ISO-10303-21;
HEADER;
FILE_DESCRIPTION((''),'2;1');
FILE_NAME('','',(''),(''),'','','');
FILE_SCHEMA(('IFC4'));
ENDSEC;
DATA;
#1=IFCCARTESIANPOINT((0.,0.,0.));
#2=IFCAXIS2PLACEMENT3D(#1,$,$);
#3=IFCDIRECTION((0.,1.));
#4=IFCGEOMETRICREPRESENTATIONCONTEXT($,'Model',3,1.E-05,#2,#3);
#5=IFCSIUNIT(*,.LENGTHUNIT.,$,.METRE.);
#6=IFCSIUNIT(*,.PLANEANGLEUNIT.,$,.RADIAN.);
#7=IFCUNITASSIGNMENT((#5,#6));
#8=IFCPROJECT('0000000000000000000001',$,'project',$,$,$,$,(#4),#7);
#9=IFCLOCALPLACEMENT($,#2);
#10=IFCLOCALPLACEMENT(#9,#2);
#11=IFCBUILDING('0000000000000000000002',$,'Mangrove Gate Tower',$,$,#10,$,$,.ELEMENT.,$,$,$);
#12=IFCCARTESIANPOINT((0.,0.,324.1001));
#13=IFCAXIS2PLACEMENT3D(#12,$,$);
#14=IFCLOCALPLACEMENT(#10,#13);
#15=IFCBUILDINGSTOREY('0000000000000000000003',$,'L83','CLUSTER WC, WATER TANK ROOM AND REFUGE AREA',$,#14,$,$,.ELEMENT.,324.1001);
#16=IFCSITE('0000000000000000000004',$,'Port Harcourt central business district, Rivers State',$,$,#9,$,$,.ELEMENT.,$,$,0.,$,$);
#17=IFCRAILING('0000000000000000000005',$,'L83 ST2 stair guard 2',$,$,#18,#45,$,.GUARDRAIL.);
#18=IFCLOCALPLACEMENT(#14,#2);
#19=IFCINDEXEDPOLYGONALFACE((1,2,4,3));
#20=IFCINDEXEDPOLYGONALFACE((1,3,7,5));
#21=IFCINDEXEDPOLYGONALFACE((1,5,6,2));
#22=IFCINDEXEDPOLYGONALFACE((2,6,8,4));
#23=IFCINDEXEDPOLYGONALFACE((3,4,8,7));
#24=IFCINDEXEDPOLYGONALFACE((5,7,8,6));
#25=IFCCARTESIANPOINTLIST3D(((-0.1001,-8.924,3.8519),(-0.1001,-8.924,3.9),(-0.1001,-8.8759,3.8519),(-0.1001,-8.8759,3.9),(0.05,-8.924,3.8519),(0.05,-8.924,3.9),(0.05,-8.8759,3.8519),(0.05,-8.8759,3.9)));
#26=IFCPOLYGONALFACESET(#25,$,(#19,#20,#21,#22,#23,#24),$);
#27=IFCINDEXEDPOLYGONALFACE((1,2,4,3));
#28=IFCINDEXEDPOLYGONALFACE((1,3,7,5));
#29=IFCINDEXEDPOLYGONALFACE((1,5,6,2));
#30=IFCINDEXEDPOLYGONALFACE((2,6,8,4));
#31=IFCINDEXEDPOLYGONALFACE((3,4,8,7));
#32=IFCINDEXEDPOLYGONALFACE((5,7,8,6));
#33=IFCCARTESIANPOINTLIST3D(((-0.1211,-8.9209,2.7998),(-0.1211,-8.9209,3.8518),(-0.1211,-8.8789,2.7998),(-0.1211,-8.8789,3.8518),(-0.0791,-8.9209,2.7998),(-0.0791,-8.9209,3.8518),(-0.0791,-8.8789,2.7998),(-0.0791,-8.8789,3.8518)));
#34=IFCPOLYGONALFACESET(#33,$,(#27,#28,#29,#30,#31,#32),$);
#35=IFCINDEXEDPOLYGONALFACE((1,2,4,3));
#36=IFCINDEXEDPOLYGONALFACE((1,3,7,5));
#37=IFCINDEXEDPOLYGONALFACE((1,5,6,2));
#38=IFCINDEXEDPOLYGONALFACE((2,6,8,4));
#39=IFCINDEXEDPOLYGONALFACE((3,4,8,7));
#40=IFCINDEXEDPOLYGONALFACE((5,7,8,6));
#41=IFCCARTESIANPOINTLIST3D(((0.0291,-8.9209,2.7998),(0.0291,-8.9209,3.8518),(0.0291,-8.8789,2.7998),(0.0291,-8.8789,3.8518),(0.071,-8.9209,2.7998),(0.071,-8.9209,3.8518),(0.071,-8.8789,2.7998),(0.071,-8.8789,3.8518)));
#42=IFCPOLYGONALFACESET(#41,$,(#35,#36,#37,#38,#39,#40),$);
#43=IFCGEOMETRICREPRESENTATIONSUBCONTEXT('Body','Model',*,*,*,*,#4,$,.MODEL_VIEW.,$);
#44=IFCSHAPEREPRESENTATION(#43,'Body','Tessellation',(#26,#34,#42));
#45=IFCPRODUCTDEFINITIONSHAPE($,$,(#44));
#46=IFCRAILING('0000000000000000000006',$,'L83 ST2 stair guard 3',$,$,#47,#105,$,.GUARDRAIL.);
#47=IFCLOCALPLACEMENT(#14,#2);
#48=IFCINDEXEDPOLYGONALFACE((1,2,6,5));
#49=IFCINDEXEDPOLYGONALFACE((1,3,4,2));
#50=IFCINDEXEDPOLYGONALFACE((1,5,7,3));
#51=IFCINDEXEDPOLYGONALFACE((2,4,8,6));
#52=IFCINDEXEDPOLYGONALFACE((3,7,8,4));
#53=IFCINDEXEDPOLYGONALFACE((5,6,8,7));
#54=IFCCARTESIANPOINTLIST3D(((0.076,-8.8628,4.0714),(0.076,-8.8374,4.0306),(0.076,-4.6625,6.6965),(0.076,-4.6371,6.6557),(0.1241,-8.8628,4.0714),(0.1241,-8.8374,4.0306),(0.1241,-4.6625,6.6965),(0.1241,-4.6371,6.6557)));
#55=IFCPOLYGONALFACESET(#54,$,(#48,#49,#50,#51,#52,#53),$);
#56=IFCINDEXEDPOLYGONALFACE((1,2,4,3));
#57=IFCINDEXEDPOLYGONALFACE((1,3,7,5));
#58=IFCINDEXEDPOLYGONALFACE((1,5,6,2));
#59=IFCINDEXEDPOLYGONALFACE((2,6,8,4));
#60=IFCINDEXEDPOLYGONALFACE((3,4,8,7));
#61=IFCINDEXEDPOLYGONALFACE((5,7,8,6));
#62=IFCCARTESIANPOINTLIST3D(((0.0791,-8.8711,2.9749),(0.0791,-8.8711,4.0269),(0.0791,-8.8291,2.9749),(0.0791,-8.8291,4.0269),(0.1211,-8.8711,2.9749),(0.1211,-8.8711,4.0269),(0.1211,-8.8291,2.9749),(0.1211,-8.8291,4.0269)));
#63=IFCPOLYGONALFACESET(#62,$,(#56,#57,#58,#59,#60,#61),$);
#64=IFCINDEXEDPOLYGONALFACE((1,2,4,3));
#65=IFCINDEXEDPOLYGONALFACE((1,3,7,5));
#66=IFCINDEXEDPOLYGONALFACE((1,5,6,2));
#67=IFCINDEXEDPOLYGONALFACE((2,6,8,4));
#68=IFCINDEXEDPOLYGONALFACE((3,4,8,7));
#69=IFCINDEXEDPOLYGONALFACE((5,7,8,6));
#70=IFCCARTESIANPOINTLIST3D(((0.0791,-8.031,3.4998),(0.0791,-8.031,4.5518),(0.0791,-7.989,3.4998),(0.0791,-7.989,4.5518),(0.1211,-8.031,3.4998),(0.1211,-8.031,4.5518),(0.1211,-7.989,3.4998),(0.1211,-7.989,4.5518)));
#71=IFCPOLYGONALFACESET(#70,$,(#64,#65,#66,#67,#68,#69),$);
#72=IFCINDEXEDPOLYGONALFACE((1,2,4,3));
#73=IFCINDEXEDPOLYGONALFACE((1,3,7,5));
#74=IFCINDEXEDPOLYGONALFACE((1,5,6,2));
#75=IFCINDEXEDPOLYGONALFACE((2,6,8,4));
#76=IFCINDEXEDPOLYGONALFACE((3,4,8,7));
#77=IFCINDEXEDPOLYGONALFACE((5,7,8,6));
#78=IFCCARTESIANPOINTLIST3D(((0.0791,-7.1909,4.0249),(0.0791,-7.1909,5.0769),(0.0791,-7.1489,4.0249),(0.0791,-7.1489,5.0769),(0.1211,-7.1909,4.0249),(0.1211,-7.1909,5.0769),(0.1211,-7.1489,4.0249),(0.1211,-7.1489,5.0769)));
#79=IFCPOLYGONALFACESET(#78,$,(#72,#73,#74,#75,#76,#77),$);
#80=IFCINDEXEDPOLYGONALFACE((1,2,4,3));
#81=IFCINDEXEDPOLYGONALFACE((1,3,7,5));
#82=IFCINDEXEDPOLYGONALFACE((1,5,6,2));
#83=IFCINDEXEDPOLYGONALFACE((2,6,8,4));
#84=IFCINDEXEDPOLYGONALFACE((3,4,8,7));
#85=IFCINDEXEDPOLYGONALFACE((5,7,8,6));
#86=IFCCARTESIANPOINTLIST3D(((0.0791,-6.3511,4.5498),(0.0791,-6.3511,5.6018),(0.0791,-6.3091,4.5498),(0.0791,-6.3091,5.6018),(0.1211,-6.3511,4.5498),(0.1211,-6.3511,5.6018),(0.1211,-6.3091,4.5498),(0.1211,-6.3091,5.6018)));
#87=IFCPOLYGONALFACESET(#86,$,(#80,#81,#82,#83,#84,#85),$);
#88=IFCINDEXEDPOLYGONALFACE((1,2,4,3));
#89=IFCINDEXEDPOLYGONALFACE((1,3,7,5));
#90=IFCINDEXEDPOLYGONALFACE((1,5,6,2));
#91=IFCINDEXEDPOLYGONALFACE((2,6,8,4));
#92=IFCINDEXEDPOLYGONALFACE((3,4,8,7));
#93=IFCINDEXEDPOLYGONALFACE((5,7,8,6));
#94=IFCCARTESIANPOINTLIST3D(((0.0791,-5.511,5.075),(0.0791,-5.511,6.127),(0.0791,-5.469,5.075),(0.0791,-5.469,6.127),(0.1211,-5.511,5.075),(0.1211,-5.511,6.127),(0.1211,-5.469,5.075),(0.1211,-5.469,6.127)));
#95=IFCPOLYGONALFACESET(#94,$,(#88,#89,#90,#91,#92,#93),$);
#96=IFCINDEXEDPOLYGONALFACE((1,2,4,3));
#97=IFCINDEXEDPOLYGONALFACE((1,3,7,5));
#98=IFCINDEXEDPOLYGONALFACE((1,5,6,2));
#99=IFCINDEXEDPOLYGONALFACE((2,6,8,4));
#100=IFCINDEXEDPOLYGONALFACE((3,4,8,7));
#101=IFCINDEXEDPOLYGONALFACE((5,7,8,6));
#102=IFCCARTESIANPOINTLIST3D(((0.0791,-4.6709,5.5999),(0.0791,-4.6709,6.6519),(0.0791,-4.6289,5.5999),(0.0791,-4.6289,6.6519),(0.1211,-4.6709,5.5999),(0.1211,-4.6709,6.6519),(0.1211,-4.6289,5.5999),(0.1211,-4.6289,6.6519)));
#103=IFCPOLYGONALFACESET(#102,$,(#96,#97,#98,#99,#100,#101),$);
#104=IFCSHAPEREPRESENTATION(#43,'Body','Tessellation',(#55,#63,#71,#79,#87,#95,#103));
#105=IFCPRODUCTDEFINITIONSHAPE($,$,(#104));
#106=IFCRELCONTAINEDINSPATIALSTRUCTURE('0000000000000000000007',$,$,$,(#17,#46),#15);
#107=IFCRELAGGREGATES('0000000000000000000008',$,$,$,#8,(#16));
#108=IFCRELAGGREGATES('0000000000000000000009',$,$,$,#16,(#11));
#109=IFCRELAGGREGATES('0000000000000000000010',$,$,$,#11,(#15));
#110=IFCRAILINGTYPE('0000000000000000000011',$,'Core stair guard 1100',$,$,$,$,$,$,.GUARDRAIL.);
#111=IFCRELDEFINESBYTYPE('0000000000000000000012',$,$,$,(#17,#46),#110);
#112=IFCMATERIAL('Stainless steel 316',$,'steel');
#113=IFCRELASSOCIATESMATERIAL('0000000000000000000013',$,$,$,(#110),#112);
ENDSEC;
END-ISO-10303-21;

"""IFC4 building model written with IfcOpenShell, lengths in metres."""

from ifc_helpers import new_model, si_unit, direction, frame, origin, origin_2d, place, context, subcontext, project, spatial, rectangle, extrude, material, type_object, element, save


model = new_model("IFC4")

# Units and contexts
model_context = context("Model", 3, precision=1e-05, world=origin(), true_north=direction((0.0, 1.0)))
body_context = subcontext(model_context, "Body", "Model", "MODEL_VIEW")
ifc_project = project(units=[si_unit("LENGTHUNIT", "METRE"), si_unit("PLANEANGLEUNIT", "RADIAN")], contexts=[model_context])

# Site, building, storey
site_placement = place(None, origin())
site = spatial("IfcSite", under=ifc_project, at=site_placement, Name="Port Harcourt central business district, Rivers State", CompositionType="ELEMENT", RefElevation=0.0)
building_placement = place(site_placement, origin())
building = spatial("IfcBuilding", under=site, at=building_placement, Name="Mangrove Gate Tower", CompositionType="ELEMENT")
storey_placement = place(building_placement, frame((0.0, 0.0, 324.1001)))
storey = spatial("IfcBuildingStorey", under=building, at=storey_placement, Name="L83", Description="CLUSTER WC, WATER TANK ROOM AND REFUGE AREA", CompositionType="ELEMENT", Elevation=324.1001)

# Railings
ifc_material_1 = material(Name="Stainless steel 316", Category="steel")
railing_type_1 = type_object("IfcRailingType", Name="Core stair guard 1100", PredefinedType="GUARDRAIL", material=ifc_material_1)
railing_1_placement = place(storey_placement, frame((-0.1001, -8.8999, 2.7998)))
element("IfcRailing", 1, at=railing_1_placement, inside=storey, type_object=railing_type_1, Name="L83 ST2 stair guard 2", PredefinedType="GUARDRAIL", context=body_context, shape_type="SweptSolid", body=[
    extrude(rectangle(XDim=0.0481, YDim=0.0481, at=origin_2d()), frame((0.0, 0.0, 1.0762), z_axis=(1.0, 0.0, 0.0), x_axis=(0.0, 1.0, 0.0)), (0.0, 0.0, 1.0), 0.1501),
    extrude(rectangle(XDim=0.042, YDim=0.042, at=origin_2d()), origin(), (0.0, 0.0, 1.0), 1.052),
    extrude(rectangle(XDim=0.042, YDim=0.042, at=origin_2d()), frame((0.1501, 0.0, 0.0)), (0.0, 0.0, 1.0), 1.052),
])
railing_2_placement = place(storey_placement, frame((0.1001, -8.8501, 2.9749)))
element("IfcRailing", 2, at=railing_2_placement, inside=storey, type_object=railing_type_1, Name="L83 ST2 stair guard 3", PredefinedType="GUARDRAIL", context=body_context, shape_type="SweptSolid", body=[
    extrude(rectangle(XDim=0.0481, YDim=0.0481, at=origin_2d()), frame((0.0, 0.0, 1.0762), z_axis=(0.0, 0.848009, 0.529981), x_axis=(-1.0, 0.0, 0.0)), (0.0, 0.0, 1.0), 4.9531),
    extrude(rectangle(XDim=0.042, YDim=0.042, at=origin_2d()), origin(), (0.0, 0.0, 1.0), 1.052),
    extrude(rectangle(XDim=0.042, YDim=0.042, at=origin_2d()), frame((0.0, 0.8401, 0.5249)), (0.0, 0.0, 1.0), 1.052),
    extrude(rectangle(XDim=0.042, YDim=0.042, at=origin_2d()), frame((0.0, 1.6802, 1.05)), (0.0, 0.0, 1.0), 1.052),
    extrude(rectangle(XDim=0.042, YDim=0.042, at=origin_2d()), frame((0.0, 2.52, 1.575)), (0.0, 0.0, 1.0), 1.052),
    extrude(rectangle(XDim=0.042, YDim=0.042, at=origin_2d()), frame((0.0, 3.3601, 2.1001)), (0.0, 0.0, 1.0), 1.052),
    extrude(rectangle(XDim=0.042, YDim=0.042, at=origin_2d()), frame((0.0, 4.2002, 2.625)), (0.0, 0.0, 1.0), 1.052),
])

save(model, "model.ifc")
